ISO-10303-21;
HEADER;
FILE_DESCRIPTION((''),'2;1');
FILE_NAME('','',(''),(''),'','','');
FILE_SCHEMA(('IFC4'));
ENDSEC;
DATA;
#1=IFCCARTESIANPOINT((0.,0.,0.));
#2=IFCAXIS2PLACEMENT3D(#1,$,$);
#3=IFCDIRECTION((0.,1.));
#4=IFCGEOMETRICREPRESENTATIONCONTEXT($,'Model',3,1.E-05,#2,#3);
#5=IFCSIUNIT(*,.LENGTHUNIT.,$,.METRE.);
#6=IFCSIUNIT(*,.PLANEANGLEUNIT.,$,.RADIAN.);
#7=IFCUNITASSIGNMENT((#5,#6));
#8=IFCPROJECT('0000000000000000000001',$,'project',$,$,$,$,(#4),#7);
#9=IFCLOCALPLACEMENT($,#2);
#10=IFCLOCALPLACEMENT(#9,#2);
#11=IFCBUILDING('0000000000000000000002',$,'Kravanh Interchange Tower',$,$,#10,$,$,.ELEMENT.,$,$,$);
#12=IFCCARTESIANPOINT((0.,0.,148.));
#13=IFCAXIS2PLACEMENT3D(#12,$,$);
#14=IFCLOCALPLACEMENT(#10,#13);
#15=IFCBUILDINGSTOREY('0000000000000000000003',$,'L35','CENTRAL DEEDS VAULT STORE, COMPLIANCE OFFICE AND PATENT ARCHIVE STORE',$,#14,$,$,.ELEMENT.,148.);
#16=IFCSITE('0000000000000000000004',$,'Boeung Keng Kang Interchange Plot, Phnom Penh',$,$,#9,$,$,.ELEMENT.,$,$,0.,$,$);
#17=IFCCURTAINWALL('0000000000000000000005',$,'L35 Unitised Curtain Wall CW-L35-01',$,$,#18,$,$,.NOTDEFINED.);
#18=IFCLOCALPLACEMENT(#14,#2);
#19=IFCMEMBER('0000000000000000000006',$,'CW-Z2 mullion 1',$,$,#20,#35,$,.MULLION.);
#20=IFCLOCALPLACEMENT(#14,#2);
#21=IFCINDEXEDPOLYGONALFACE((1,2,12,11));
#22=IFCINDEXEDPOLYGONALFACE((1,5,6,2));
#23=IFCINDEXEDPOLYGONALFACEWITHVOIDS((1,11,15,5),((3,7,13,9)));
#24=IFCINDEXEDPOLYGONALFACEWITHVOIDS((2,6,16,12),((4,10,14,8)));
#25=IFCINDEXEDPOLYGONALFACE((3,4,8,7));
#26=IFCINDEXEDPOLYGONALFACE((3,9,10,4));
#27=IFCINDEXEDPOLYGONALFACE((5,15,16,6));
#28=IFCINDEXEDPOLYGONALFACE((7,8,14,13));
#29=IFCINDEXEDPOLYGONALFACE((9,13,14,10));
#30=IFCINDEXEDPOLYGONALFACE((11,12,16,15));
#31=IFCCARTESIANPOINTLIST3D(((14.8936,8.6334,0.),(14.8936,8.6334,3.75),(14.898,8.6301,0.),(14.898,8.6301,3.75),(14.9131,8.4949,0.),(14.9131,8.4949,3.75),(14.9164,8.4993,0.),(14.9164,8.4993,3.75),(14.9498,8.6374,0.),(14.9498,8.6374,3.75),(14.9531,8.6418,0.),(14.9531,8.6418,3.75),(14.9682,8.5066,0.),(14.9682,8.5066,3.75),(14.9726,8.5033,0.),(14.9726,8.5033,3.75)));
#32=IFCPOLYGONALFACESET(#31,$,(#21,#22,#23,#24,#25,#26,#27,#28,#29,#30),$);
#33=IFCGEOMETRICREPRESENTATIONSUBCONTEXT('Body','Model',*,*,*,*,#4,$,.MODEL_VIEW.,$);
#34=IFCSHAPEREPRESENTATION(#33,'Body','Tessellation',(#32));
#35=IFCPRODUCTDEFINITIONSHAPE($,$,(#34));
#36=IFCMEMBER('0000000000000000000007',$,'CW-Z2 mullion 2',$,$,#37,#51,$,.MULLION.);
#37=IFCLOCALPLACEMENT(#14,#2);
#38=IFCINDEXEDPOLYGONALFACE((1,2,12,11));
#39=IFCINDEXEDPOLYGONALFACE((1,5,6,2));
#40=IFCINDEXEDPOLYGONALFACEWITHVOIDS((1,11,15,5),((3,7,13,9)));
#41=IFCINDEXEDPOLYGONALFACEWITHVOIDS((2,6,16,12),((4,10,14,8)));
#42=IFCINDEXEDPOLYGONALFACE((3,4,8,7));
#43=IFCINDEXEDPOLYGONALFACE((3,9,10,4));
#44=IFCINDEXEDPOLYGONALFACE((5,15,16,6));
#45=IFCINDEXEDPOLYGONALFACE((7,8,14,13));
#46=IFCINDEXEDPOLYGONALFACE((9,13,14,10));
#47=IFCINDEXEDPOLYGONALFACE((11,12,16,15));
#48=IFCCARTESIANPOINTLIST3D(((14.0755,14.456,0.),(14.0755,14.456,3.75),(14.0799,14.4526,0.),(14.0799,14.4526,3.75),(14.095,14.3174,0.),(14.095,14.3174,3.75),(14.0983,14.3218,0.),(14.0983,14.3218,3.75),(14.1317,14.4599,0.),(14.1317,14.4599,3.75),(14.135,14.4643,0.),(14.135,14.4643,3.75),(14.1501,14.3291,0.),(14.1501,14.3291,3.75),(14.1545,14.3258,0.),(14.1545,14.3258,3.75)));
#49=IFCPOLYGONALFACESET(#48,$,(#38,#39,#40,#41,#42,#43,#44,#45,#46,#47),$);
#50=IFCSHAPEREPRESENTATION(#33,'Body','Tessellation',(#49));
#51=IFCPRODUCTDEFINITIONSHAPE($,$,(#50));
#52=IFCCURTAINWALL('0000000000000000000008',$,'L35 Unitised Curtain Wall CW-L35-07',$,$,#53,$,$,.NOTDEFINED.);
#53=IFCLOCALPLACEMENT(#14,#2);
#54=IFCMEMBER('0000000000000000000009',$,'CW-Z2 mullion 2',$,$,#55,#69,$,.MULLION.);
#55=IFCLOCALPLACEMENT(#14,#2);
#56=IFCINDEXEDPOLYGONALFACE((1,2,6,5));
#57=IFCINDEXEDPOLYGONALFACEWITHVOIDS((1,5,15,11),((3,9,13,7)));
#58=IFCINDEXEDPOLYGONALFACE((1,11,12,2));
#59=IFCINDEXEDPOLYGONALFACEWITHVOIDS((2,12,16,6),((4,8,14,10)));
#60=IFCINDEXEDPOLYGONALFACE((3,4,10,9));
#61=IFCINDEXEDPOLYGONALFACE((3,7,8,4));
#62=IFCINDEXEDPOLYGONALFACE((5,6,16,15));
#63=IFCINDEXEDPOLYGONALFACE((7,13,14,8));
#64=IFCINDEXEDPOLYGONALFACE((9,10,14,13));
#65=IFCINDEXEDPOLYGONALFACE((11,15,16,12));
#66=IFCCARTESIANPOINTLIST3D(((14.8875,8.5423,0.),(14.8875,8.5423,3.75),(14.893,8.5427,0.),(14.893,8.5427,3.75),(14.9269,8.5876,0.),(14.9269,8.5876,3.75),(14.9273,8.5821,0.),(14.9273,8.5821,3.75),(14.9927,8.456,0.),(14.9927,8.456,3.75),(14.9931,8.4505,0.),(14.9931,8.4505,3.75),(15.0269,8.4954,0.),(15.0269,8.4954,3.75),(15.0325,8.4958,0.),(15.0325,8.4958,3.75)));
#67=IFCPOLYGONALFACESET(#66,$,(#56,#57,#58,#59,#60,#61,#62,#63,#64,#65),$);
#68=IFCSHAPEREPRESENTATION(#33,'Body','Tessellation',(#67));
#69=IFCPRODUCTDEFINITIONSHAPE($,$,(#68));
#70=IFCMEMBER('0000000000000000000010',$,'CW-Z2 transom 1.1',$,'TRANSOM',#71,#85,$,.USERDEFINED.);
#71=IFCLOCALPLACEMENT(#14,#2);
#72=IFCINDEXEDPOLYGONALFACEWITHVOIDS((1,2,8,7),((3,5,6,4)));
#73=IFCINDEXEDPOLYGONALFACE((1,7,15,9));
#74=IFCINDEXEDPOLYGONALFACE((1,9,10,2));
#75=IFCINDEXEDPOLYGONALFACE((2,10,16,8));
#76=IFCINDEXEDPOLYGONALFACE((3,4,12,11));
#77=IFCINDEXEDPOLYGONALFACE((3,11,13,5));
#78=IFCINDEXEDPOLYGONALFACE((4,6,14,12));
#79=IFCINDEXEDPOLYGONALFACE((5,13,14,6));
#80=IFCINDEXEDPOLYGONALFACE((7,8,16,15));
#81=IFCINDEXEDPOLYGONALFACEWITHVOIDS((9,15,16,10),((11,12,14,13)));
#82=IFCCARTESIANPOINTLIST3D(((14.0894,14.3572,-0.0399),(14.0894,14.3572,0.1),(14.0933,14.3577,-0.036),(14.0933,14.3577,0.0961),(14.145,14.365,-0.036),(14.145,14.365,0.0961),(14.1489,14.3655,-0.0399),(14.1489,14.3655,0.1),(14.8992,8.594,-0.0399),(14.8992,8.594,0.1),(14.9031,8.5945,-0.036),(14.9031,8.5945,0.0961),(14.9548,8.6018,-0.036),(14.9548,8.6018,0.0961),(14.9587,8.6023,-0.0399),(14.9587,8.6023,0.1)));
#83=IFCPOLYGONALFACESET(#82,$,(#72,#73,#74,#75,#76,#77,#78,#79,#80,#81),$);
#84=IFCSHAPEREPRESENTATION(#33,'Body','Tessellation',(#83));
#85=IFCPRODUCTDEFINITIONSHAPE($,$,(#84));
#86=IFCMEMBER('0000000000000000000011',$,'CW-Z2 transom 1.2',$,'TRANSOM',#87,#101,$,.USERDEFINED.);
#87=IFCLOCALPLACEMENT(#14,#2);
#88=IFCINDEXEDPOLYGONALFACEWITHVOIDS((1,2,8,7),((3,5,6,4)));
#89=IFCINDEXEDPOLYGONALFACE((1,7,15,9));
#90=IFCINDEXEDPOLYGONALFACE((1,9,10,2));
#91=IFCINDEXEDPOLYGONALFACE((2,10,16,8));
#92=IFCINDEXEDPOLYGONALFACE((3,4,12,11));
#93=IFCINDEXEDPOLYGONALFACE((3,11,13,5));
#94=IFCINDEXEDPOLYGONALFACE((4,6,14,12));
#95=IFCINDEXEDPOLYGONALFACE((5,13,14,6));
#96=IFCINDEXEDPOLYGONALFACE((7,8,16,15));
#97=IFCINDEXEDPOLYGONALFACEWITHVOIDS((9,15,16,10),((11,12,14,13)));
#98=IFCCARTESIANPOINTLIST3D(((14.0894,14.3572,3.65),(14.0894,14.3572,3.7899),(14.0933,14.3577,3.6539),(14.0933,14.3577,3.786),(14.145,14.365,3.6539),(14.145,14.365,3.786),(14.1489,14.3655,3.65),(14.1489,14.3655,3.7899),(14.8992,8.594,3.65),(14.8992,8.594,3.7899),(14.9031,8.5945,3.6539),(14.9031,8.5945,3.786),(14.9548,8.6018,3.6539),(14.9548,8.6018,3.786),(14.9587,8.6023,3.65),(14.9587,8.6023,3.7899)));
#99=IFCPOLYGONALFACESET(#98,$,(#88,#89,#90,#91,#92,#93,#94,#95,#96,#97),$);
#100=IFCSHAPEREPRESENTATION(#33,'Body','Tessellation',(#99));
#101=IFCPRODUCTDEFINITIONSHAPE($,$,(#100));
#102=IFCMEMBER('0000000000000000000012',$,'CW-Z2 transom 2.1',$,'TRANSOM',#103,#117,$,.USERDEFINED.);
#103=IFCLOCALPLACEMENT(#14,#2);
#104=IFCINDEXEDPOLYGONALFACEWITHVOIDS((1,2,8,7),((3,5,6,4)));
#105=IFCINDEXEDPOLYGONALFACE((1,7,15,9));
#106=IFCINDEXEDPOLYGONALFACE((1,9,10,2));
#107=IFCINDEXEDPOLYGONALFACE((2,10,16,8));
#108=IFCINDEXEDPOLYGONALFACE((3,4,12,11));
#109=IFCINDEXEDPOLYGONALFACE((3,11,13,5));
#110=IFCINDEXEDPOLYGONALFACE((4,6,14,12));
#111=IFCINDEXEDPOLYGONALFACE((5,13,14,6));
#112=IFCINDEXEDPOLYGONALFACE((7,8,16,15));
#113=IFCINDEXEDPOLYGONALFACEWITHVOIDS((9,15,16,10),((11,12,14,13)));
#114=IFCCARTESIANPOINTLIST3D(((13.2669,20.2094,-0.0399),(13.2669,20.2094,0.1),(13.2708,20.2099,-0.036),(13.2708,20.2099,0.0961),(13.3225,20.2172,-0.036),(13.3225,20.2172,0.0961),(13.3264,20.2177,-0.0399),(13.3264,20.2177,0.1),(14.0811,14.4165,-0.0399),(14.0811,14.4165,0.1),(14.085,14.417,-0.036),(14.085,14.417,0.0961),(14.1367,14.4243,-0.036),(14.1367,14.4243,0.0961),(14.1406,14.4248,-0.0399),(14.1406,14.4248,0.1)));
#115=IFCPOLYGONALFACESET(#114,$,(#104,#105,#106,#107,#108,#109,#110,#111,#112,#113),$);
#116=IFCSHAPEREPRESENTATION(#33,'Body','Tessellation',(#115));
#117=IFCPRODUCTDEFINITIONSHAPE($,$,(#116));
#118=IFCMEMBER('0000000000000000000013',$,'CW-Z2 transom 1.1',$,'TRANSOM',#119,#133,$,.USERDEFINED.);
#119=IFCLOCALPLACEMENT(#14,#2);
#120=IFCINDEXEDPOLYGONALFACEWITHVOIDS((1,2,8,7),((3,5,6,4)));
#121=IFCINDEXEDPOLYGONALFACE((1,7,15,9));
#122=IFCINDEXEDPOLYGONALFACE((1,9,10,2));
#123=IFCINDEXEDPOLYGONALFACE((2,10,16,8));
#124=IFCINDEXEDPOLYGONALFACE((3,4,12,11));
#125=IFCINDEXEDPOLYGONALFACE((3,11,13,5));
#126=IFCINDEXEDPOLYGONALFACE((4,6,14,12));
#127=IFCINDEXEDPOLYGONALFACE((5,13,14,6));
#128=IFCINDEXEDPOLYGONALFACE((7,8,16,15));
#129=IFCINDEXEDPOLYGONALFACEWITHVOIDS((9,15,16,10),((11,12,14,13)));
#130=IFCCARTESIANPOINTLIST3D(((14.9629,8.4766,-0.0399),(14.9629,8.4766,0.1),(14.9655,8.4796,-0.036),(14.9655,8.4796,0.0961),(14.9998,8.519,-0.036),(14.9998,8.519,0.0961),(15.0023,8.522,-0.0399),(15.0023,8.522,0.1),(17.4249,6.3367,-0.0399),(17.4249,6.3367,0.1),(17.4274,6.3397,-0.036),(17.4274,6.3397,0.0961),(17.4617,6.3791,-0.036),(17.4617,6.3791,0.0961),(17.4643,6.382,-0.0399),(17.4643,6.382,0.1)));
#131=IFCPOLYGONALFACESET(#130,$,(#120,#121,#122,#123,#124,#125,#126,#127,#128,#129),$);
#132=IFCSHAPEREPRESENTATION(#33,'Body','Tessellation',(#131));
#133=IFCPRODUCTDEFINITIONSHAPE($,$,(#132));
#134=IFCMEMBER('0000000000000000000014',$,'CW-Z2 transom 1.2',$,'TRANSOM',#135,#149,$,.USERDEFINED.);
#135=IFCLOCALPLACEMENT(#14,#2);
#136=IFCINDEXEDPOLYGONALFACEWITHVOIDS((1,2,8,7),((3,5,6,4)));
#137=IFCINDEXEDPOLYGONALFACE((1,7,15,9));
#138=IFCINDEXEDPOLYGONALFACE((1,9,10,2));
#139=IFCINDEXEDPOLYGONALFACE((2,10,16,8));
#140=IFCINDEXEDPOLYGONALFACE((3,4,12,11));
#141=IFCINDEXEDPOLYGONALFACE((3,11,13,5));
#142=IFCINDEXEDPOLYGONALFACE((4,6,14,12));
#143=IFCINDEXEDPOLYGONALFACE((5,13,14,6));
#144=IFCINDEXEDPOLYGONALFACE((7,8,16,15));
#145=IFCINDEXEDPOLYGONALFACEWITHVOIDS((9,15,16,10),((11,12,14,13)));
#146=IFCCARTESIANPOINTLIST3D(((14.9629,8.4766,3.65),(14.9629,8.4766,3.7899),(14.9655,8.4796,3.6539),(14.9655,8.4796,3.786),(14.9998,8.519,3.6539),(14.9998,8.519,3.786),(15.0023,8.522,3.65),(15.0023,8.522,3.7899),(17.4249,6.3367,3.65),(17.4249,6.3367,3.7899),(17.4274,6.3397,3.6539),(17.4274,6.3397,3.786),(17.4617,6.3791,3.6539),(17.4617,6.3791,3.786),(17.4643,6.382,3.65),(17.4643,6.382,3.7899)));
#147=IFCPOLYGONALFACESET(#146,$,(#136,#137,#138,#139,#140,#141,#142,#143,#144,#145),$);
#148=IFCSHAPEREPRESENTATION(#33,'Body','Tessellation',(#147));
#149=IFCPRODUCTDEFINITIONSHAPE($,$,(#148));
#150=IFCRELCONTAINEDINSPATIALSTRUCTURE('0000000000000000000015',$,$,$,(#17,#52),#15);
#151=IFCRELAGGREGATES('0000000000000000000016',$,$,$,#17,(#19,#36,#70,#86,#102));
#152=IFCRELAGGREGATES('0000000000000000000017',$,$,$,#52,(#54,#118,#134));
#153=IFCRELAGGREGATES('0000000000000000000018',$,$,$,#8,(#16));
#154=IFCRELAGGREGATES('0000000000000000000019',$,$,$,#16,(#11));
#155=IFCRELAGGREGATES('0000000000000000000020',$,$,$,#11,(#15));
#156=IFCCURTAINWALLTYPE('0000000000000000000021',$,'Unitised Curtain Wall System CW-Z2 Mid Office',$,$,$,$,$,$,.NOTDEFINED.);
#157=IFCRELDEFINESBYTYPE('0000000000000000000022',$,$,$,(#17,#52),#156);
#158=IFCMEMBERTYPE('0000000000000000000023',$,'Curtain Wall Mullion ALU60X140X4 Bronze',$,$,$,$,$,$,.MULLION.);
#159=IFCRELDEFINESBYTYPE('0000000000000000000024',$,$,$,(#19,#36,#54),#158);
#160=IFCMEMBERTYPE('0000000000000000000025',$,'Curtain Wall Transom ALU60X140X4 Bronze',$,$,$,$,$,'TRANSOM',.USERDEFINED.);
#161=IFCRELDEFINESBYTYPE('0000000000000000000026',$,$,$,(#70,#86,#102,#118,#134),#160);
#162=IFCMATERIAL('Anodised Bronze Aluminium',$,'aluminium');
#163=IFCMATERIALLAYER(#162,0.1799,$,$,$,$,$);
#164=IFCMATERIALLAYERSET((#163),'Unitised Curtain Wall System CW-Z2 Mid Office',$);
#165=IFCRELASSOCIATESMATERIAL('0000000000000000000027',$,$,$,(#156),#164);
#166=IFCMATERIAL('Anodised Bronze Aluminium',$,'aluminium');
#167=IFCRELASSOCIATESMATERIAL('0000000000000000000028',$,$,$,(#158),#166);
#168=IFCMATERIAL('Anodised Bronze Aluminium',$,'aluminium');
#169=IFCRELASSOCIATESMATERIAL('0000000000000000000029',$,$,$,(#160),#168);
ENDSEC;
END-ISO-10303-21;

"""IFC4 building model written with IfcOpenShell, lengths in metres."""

from ifc_helpers import new_model, si_unit, direction, frame, origin, origin_2d, place, context, subcontext, project, spatial, hollow_rectangle, extrude, material, layer, layer_set, material_profile, profile_set, type_object, element, aggregate, save


model = new_model("IFC4")

# Units and contexts
model_context = context("Model", 3, precision=1e-05, world=origin(), true_north=direction((0.0, 1.0)))
body_context = subcontext(model_context, "Body", "Model", "MODEL_VIEW")
ifc_project = project(units=[si_unit("LENGTHUNIT", "METRE"), si_unit("PLANEANGLEUNIT", "RADIAN")], contexts=[model_context])

# Site, building, storey
site_placement = place(None, origin())
site = spatial("IfcSite", under=ifc_project, at=site_placement, Name="Boeung Keng Kang Interchange Plot, Phnom Penh", CompositionType="ELEMENT", RefElevation=0.0)
building_placement = place(site_placement, origin())
building = spatial("IfcBuilding", under=site, at=building_placement, Name="Kravanh Interchange Tower", CompositionType="ELEMENT")
storey_placement = place(building_placement, frame((0.0, 0.0, 148.0)))
storey = spatial("IfcBuildingStorey", under=building, at=storey_placement, Name="L35", Description="CENTRAL DEEDS VAULT STORE, COMPLIANCE OFFICE AND PATENT ARCHIVE STORE", CompositionType="ELEMENT", Elevation=148.0)

# Curtain wall, members
ifc_material_1 = material(Name="Anodised Bronze Aluminium", Category="aluminium")
ifc_layer_1 = layer(ifc_material_1, 0.1799)
ifc_layer_set_1 = layer_set([ifc_layer_1], Name="Unitised Curtain Wall System CW-Z2 Mid Office")
curtain_wall_type = type_object("IfcCurtainWallType", Name="Unitised Curtain Wall System CW-Z2 Mid Office", PredefinedType="NOTDEFINED", material=ifc_layer_set_1)
curtain_wall_1_placement = place(storey_placement, origin())
curtain_wall_1 = element("IfcCurtainWall", 1, at=curtain_wall_1_placement, inside=storey, type_object=curtain_wall_type, Name="L35 Unitised Curtain Wall CW-L35-01", PredefinedType="NOTDEFINED")
ifc_material_2 = material(Name="Anodised Bronze Aluminium", Category="aluminium")
ifc_material_profile_1 = material_profile(ifc_material_2, hollow_rectangle(XDim=0.0601, YDim=0.1399, WallThickness=0.0039, at=origin_2d()), Name="ALU60X140X4")
ifc_profile_set_1 = profile_set([ifc_material_profile_1], Name="Anodised Bronze Aluminium")
member_type_1 = type_object("IfcMemberType", Name="Curtain Wall Mullion ALU60X140X4 Bronze", PredefinedType="MULLION", material=ifc_profile_set_1)
member_1_placement = place(storey_placement, frame((14.9331, 8.5684, 0.0), z_axis=(0.0, 0.0, 1.0), x_axis=(-0.990268, -0.139173, 0.0)))
member_1 = element("IfcMember", 2, at=member_1_placement, type_object=member_type_1, Name="CW-Z2 mullion 1", PredefinedType="MULLION", context=body_context, shape_type="SweptSolid", body=[
    extrude(hollow_rectangle(XDim=0.0601, YDim=0.1399, WallThickness=0.0039, at=origin_2d()), origin(), (0.0, 0.0, 1.0), 3.75),
])
member_2_placement = place(storey_placement, frame((14.115, 14.3909, 0.0), z_axis=(0.0, 0.0, 1.0), x_axis=(-0.990268, -0.139173, 0.0)))
member_2 = element("IfcMember", 3, at=member_2_placement, type_object=member_type_1, Name="CW-Z2 mullion 2", PredefinedType="MULLION", context=body_context, shape_type="SweptSolid", body=[
    extrude(hollow_rectangle(XDim=0.0601, YDim=0.1399, WallThickness=0.0039, at=origin_2d()), origin(), (0.0, 0.0, 1.0), 3.75),
])

# Curtain wall, member
curtain_wall_2_placement = place(storey_placement, origin())
curtain_wall_2 = element("IfcCurtainWall", 4, at=curtain_wall_2_placement, inside=storey, type_object=curtain_wall_type, Name="L35 Unitised Curtain Wall CW-L35-07", PredefinedType="NOTDEFINED")
member_3_placement = place(storey_placement, frame((14.96, 8.519, 0.0), z_axis=(0.0, 0.0, 1.0), x_axis=(-0.656048, -0.754719, 0.0)))
member_3 = element("IfcMember", 5, at=member_3_placement, type_object=member_type_1, Name="CW-Z2 mullion 2", PredefinedType="MULLION", context=body_context, shape_type="SweptSolid", body=[
    extrude(hollow_rectangle(XDim=0.0601, YDim=0.1399, WallThickness=0.0039, at=origin_2d()), origin(), (0.0, 0.0, 1.0), 3.75),
])

# Members
ifc_material_3 = material(Name="Anodised Bronze Aluminium", Category="aluminium")
ifc_material_profile_2 = material_profile(ifc_material_3, hollow_rectangle(XDim=0.0601, YDim=0.1399, WallThickness=0.0039, at=origin_2d()), Name="ALU60X140X4")
ifc_profile_set_2 = profile_set([ifc_material_profile_2], Name="Anodised Bronze Aluminium")
member_type_2 = type_object("IfcMemberType", Name="Curtain Wall Transom ALU60X140X4 Bronze", ElementType="TRANSOM", PredefinedType="USERDEFINED", material=ifc_profile_set_2)
member_4_placement = place(storey_placement, frame((14.929, 8.5981, 0.03), z_axis=(-0.139148, 0.990272, 0.0), x_axis=(-0.990272, -0.139148, 0.0)))
member_4 = element("IfcMember", 6, at=member_4_placement, type_object=member_type_2, Name="CW-Z2 transom 1.1", ObjectType="TRANSOM", PredefinedType="USERDEFINED", context=body_context, shape_type="SweptSolid", body=[
    extrude(hollow_rectangle(XDim=0.0601, YDim=0.1399, WallThickness=0.0039, at=origin_2d()), origin(), (0.0, 0.0, 1.0), 5.8198),
])
member_5_placement = place(storey_placement, frame((14.929, 8.5981, 3.72), z_axis=(-0.139148, 0.990272, 0.0), x_axis=(-0.990272, -0.139148, 0.0)))
member_5 = element("IfcMember", 7, at=member_5_placement, type_object=member_type_2, Name="CW-Z2 transom 1.2", ObjectType="TRANSOM", PredefinedType="USERDEFINED", context=body_context, shape_type="SweptSolid", body=[
    extrude(hollow_rectangle(XDim=0.0601, YDim=0.1399, WallThickness=0.0039, at=origin_2d()), origin(), (0.0, 0.0, 1.0), 5.8198),
])
member_6_placement = place(storey_placement, frame((14.1108, 14.4207, 0.03), z_axis=(-0.139183, 0.990267, 0.0), x_axis=(-0.990267, -0.139183, 0.0)))
member_6 = element("IfcMember", 8, at=member_6_placement, type_object=member_type_2, Name="CW-Z2 transom 2.1", ObjectType="TRANSOM", PredefinedType="USERDEFINED", context=body_context, shape_type="SweptSolid", body=[
    extrude(hollow_rectangle(XDim=0.0601, YDim=0.1399, WallThickness=0.0039, at=origin_2d()), origin(), (0.0, 0.0, 1.0), 5.8499),
])
member_7_placement = place(storey_placement, frame((17.4446, 6.3594, 0.03), z_axis=(-0.754742, 0.656021, 0.0), x_axis=(-0.656021, -0.754742, 0.0)))
member_7 = element("IfcMember", 9, at=member_7_placement, type_object=member_type_2, Name="CW-Z2 transom 1.1", ObjectType="TRANSOM", PredefinedType="USERDEFINED", context=body_context, shape_type="SweptSolid", body=[
    extrude(hollow_rectangle(XDim=0.0601, YDim=0.1399, WallThickness=0.0039, at=origin_2d()), origin(), (0.0, 0.0, 1.0), 3.262),
])
member_8_placement = place(storey_placement, frame((17.4446, 6.3594, 3.72), z_axis=(-0.754742, 0.656021, 0.0), x_axis=(-0.656021, -0.754742, 0.0)))
member_8 = element("IfcMember", 10, at=member_8_placement, type_object=member_type_2, Name="CW-Z2 transom 1.2", ObjectType="TRANSOM", PredefinedType="USERDEFINED", context=body_context, shape_type="SweptSolid", body=[
    extrude(hollow_rectangle(XDim=0.0601, YDim=0.1399, WallThickness=0.0039, at=origin_2d()), origin(), (0.0, 0.0, 1.0), 3.262),
])

aggregate(curtain_wall_1, [member_1, member_2, member_4, member_5, member_6])
aggregate(curtain_wall_2, [member_3, member_7, member_8])

save(model, "model.ifc")
